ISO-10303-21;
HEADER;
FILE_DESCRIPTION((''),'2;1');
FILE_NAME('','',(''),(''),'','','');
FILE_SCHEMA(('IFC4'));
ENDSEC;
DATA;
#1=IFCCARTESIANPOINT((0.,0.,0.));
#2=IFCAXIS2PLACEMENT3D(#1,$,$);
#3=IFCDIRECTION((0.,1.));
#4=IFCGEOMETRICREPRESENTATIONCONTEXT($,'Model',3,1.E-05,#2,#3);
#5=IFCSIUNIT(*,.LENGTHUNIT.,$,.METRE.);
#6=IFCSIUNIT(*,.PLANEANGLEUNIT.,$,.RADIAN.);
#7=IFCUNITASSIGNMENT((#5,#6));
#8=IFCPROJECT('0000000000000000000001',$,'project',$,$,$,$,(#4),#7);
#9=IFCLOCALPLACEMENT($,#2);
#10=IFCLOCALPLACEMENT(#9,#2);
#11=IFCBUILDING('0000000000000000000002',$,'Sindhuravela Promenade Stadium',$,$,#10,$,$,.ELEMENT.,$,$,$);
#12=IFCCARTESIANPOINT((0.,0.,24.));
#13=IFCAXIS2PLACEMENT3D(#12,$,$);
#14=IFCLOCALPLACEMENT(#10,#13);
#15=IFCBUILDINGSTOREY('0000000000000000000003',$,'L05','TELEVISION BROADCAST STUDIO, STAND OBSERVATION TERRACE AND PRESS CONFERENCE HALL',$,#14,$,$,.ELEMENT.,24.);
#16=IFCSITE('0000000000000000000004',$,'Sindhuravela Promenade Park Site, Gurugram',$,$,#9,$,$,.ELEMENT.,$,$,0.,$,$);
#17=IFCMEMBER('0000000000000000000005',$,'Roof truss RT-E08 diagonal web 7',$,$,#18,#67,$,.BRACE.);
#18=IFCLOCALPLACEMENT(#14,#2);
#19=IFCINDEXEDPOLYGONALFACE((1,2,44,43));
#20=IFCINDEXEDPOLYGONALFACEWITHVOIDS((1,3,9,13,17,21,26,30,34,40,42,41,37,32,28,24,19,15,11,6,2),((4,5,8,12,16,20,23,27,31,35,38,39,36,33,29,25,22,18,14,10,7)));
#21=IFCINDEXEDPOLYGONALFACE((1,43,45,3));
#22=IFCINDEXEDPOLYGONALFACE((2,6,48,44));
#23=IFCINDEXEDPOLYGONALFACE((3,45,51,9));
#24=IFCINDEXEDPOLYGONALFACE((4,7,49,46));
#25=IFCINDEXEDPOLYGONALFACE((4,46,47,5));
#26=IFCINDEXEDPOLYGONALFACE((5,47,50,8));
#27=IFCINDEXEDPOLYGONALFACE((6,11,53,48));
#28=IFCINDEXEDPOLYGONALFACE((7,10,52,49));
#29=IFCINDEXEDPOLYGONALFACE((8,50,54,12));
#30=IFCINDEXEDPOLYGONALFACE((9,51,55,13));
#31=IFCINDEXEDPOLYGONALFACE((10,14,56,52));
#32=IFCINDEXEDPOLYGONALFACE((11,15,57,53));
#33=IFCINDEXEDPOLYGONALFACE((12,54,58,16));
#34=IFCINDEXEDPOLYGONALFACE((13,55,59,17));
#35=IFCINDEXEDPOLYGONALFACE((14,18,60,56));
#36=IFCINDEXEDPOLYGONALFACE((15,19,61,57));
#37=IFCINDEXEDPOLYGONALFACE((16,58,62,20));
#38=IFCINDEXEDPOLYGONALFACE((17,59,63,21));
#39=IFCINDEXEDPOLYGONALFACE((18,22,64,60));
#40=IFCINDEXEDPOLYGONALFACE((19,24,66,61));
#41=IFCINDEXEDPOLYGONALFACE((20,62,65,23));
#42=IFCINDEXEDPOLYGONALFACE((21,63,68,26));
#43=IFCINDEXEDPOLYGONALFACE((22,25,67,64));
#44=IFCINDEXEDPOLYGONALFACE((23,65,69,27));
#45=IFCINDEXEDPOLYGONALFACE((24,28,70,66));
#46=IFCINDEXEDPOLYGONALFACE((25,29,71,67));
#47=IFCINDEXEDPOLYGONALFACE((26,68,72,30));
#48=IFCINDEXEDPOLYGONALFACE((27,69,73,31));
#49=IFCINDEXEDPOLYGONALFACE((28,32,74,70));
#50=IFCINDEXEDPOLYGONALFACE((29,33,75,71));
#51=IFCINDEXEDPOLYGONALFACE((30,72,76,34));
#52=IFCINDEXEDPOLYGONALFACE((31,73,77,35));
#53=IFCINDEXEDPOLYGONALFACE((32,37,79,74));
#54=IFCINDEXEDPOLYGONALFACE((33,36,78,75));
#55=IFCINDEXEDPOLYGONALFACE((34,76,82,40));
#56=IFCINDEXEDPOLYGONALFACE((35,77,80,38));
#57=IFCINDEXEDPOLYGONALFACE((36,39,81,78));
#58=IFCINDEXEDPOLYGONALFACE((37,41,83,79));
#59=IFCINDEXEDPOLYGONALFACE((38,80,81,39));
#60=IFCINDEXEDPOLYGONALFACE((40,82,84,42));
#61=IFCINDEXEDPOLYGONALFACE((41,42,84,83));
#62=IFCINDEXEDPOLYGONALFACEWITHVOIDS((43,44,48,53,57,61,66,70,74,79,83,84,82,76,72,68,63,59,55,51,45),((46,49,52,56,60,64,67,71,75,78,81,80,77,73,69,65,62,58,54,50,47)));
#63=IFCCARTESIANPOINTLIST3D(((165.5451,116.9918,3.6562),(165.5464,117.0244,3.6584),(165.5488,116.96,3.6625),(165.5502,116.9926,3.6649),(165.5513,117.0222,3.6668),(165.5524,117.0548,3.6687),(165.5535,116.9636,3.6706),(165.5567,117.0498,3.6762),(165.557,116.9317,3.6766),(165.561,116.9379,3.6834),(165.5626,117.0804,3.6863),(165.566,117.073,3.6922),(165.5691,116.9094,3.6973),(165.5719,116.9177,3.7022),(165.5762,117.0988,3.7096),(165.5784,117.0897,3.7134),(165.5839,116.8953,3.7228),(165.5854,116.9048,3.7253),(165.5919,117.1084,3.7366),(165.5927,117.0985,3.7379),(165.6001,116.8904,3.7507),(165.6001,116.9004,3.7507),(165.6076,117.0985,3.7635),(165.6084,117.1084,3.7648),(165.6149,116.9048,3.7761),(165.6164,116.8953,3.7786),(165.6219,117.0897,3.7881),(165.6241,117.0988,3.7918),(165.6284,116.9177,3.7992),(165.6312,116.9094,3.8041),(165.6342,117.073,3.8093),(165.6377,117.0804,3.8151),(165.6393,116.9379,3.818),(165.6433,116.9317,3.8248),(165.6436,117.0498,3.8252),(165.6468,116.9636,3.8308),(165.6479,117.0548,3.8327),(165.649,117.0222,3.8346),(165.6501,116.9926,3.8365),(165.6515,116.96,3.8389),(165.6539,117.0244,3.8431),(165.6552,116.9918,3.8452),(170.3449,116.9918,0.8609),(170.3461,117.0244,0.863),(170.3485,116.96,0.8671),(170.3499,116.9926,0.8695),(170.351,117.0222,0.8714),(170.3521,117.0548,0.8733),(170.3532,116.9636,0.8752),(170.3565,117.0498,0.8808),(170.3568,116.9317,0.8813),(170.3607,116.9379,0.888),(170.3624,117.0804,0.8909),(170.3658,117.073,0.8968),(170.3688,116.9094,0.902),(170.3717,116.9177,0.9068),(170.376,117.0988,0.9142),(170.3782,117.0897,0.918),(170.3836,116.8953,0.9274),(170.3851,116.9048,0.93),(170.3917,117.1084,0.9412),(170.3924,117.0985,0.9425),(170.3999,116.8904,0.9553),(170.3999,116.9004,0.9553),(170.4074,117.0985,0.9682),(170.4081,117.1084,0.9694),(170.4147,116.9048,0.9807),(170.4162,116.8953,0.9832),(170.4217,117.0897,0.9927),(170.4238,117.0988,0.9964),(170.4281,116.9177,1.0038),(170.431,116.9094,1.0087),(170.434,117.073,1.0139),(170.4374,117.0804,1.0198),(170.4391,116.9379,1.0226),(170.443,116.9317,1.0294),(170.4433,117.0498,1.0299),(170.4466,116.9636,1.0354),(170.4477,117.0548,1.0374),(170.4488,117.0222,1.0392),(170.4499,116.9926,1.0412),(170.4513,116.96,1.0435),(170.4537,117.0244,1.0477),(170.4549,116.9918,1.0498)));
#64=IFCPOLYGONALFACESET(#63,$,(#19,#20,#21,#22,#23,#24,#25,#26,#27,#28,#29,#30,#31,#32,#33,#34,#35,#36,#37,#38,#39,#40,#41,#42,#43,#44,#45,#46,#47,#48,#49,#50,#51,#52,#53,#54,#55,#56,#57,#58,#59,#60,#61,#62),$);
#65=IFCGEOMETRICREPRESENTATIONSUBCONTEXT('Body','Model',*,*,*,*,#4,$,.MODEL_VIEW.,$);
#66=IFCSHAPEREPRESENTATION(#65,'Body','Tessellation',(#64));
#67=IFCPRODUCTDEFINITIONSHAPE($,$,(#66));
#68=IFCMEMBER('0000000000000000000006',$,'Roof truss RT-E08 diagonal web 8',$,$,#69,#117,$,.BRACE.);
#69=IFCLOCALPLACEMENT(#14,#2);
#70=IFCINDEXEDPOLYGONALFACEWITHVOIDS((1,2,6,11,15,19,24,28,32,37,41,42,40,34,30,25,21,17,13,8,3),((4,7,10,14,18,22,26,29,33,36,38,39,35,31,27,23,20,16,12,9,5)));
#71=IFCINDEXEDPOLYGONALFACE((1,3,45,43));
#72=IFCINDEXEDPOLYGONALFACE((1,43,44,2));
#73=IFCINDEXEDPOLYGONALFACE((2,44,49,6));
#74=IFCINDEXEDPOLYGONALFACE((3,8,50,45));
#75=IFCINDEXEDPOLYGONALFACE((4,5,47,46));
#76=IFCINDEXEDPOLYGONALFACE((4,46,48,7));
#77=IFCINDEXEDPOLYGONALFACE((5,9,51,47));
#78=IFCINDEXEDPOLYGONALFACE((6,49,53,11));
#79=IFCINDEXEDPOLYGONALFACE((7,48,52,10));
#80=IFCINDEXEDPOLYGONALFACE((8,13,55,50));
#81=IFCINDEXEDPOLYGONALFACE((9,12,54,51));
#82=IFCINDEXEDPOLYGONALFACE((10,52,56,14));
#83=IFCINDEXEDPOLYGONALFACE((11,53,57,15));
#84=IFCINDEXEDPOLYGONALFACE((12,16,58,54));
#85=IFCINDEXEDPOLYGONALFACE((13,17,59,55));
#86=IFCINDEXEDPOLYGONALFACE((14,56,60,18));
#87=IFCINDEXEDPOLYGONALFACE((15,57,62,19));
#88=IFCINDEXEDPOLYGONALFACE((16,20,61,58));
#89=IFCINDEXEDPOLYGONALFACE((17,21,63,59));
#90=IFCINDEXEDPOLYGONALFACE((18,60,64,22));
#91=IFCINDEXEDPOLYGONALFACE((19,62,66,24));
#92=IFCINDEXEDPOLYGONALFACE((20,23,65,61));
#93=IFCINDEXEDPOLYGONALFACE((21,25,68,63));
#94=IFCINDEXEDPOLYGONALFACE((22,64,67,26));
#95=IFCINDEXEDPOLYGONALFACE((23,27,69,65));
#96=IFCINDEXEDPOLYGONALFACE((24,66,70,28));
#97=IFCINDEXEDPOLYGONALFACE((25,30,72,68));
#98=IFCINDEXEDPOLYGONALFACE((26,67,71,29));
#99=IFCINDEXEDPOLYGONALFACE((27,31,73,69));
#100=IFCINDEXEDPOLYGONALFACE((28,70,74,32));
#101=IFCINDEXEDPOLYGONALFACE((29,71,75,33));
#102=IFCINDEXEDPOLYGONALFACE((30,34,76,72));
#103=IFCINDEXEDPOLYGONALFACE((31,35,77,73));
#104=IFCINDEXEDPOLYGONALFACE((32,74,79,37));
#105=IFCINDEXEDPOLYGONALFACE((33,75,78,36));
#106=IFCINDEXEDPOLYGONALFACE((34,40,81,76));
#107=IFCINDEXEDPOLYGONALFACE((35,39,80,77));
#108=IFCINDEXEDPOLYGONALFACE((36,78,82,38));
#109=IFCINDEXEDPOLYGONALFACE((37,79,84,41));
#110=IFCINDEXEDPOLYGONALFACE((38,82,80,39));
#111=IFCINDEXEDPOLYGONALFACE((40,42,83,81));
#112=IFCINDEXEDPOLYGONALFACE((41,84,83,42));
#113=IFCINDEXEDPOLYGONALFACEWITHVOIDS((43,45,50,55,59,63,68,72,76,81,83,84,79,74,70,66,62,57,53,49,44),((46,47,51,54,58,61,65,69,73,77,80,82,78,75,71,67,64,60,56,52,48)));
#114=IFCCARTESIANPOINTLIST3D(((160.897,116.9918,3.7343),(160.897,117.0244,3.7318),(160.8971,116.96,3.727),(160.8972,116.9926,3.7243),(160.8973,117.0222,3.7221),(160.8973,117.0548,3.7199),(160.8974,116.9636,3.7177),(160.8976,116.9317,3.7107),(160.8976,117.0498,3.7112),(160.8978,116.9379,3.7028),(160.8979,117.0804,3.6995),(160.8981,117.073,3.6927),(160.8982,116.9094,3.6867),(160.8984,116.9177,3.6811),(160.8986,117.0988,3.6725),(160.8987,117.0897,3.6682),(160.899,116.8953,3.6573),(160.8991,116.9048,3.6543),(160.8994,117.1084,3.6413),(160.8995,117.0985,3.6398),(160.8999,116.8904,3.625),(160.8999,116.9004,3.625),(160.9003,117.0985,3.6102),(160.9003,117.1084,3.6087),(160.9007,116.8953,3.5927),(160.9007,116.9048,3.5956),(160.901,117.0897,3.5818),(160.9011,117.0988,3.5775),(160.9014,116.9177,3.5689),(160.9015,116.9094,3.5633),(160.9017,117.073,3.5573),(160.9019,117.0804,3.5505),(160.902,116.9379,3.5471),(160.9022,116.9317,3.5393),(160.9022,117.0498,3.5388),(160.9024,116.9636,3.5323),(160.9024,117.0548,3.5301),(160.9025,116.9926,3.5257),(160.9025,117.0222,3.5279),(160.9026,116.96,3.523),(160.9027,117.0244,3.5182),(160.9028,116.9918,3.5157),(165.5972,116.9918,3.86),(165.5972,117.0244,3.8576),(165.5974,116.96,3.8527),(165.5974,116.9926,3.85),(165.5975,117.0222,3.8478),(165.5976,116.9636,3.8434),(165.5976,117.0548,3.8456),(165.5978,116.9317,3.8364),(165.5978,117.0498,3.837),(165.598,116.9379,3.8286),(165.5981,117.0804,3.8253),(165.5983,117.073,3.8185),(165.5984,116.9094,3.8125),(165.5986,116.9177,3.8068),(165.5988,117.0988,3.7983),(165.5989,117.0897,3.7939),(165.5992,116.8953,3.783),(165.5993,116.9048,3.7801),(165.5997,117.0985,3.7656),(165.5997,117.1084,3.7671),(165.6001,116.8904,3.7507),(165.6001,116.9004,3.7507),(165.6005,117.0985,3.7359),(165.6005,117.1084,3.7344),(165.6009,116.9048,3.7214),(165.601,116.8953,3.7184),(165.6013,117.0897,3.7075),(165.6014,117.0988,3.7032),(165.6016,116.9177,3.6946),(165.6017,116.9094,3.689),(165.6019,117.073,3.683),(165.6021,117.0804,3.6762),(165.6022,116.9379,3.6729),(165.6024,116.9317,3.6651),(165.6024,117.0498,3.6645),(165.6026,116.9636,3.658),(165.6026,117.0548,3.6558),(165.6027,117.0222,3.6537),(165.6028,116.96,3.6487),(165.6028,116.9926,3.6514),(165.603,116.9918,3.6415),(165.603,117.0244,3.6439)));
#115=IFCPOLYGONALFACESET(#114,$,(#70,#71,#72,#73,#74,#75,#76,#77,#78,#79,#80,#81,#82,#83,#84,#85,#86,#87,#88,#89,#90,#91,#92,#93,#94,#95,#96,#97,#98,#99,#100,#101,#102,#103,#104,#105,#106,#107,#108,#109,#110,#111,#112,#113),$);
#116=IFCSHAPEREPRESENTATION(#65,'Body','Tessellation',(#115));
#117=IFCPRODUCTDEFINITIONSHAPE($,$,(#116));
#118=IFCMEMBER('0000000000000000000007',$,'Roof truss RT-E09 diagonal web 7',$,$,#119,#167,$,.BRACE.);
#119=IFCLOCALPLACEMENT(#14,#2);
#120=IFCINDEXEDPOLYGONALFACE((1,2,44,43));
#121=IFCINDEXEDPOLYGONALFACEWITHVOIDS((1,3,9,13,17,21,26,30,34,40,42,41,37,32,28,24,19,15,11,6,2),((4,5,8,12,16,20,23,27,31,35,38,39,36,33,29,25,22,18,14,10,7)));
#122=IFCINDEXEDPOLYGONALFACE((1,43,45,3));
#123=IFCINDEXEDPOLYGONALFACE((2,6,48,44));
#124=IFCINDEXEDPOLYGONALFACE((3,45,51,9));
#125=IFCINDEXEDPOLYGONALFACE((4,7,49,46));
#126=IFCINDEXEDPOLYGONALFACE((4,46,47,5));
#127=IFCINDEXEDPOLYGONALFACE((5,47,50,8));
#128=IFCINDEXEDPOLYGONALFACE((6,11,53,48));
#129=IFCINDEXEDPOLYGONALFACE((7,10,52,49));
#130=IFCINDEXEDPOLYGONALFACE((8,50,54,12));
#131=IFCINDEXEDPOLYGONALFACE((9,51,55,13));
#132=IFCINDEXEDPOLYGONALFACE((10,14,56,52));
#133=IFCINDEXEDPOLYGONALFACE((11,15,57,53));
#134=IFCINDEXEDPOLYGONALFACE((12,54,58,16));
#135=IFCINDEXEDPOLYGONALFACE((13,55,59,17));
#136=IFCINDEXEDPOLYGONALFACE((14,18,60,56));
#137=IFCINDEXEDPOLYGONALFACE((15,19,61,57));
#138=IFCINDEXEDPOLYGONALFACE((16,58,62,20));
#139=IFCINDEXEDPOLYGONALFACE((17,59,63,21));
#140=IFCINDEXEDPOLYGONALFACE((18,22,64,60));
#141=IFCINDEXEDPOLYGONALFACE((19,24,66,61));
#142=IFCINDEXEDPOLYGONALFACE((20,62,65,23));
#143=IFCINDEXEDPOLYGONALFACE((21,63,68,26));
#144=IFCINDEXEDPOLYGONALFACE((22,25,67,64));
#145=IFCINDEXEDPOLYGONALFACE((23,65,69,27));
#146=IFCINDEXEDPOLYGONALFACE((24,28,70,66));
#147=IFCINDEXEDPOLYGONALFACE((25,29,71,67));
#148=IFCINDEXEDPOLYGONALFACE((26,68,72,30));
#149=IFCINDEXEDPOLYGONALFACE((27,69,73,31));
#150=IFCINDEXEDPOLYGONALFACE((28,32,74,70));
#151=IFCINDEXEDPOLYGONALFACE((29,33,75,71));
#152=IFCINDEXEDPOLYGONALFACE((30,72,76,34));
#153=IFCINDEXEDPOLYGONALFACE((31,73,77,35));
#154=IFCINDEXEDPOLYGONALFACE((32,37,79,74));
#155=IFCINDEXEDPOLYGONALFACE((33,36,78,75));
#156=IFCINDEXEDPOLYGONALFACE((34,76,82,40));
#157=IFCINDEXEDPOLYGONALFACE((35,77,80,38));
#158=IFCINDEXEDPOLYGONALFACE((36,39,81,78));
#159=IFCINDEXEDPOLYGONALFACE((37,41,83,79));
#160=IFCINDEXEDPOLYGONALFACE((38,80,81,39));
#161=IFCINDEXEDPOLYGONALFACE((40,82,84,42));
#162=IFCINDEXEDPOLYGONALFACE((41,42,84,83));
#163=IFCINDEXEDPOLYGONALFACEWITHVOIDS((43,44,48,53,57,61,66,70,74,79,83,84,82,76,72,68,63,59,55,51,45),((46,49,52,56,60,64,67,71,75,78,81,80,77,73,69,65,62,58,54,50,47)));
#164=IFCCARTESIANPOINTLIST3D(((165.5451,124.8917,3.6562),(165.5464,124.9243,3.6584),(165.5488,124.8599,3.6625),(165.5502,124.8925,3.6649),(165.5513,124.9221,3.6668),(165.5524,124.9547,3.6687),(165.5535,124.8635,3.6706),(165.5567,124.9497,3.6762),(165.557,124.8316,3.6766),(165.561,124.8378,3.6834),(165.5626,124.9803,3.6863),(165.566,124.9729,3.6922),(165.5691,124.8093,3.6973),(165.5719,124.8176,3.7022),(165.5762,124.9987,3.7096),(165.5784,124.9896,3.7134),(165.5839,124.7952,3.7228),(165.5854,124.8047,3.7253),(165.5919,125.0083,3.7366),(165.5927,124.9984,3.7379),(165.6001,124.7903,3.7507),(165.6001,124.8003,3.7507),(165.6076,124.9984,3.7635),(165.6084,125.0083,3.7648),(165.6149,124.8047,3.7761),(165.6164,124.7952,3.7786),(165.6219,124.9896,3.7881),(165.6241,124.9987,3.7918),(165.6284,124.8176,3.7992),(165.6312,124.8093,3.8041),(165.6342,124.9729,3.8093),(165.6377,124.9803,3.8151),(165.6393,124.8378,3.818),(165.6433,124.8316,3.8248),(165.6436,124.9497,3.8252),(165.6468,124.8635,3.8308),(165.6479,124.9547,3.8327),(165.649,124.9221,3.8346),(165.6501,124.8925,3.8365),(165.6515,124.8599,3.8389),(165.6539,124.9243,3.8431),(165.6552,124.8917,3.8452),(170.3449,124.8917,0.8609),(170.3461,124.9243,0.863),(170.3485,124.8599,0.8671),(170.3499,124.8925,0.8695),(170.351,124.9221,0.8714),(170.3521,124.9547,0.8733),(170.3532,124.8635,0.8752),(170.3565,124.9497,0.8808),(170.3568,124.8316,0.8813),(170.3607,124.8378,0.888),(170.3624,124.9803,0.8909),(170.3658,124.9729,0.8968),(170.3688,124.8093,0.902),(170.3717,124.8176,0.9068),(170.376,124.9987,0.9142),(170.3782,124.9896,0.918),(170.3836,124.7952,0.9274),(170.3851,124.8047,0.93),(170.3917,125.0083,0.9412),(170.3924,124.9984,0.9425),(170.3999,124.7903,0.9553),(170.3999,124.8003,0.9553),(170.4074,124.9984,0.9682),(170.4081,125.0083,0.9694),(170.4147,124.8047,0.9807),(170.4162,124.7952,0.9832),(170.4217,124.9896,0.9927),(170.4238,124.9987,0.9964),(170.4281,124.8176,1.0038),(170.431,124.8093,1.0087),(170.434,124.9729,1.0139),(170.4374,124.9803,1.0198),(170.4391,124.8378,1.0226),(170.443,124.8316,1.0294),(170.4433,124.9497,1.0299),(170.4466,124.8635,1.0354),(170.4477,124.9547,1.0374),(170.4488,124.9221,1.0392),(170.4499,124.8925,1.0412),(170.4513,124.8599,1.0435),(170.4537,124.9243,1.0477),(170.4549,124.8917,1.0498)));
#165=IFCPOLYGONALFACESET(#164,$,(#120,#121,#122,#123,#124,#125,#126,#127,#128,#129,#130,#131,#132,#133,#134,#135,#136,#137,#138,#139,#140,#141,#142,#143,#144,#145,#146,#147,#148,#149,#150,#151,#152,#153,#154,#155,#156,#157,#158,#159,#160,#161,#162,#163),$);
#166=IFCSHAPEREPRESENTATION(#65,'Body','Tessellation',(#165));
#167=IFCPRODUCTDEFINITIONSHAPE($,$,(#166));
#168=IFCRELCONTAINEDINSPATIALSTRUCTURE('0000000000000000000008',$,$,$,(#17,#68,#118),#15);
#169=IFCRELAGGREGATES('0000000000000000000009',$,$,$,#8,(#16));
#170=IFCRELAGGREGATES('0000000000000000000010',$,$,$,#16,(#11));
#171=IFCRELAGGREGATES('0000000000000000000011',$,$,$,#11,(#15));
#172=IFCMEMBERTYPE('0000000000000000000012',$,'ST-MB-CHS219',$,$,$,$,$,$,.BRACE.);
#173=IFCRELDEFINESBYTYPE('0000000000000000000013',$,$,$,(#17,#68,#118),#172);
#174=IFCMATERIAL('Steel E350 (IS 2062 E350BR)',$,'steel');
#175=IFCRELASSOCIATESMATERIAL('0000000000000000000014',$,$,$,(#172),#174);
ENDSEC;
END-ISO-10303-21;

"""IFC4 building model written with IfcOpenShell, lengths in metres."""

from ifc_helpers import new_model, si_unit, direction, frame, origin, origin_2d, place, context, subcontext, project, spatial, hollow_circle, extrude, material, material_profile, profile_set, type_object, element, save


model = new_model("IFC4")

# Units and contexts
model_context = context("Model", 3, precision=1e-05, world=origin(), true_north=direction((0.0, 1.0)))
body_context = subcontext(model_context, "Body", "Model", "MODEL_VIEW")
ifc_project = project(units=[si_unit("LENGTHUNIT", "METRE"), si_unit("PLANEANGLEUNIT", "RADIAN")], contexts=[model_context])

# Site, building, storey
site_placement = place(None, origin())
site = spatial("IfcSite", under=ifc_project, at=site_placement, Name="Sindhuravela Promenade Park Site, Gurugram", CompositionType="ELEMENT", RefElevation=0.0)
building_placement = place(site_placement, origin())
building = spatial("IfcBuilding", under=site, at=building_placement, Name="Sindhuravela Promenade Stadium", CompositionType="ELEMENT")
storey_placement = place(building_placement, frame((0.0, 0.0, 24.0)))
storey = spatial("IfcBuildingStorey", under=building, at=storey_placement, Name="L05", Description="TELEVISION BROADCAST STUDIO, STAND OBSERVATION TERRACE AND PRESS CONFERENCE HALL", CompositionType="ELEMENT", Elevation=24.0)

# Shared definitions
ifc_material_1 = material(Name="Steel E350 (IS 2062 E350BR)", Category="steel")

# Members
ifc_material_profile_1 = material_profile(ifc_material_1, hollow_circle(Radius=0.1096, WallThickness=0.01, at=origin_2d()), Name="CHS 219.1x10")
ifc_profile_set_1 = profile_set([ifc_material_profile_1], Name="Steel E350 (IS 2062 E350BR)")
member_type_1 = type_object("IfcMemberType", Name="ST-MB-CHS219", PredefinedType="BRACE", material=ifc_profile_set_1)
member_1_placement = place(storey_placement, frame((170.3999, 117.0, 0.9553), z_axis=(-0.864129, 0.0, 0.50327), x_axis=(0.0, -1.0, 0.0)))
element("IfcMember", 1, at=member_1_placement, inside=storey, type_object=member_type_1, Name="Roof truss RT-E08 diagonal web 7", PredefinedType="BRACE", context=body_context, shape_type="SweptSolid", body=[
    extrude(hollow_circle(Radius=0.1096, WallThickness=0.01, at=origin_2d()), origin(), (0.0, 0.0, 1.0), 5.5544),
])
member_2_placement = place(storey_placement, frame((165.6001, 117.0, 3.7507), z_axis=(-0.999642, 0.0, -0.026741), x_axis=(0.0, -1.0, 0.0)))
element("IfcMember", 2, at=member_2_placement, inside=storey, type_object=member_type_1, Name="Roof truss RT-E08 diagonal web 8", PredefinedType="BRACE", context=body_context, shape_type="SweptSolid", body=[
    extrude(hollow_circle(Radius=0.1096, WallThickness=0.01, at=origin_2d()), origin(), (0.0, 0.0, 1.0), 4.7019),
])
member_3_placement = place(storey_placement, frame((170.3999, 124.8999, 0.9553), z_axis=(-0.864129, 0.0, 0.50327), x_axis=(0.0, -1.0, 0.0)))
element("IfcMember", 3, at=member_3_placement, inside=storey, type_object=member_type_1, Name="Roof truss RT-E09 diagonal web 7", PredefinedType="BRACE", context=body_context, shape_type="SweptSolid", body=[
    extrude(hollow_circle(Radius=0.1096, WallThickness=0.01, at=origin_2d()), origin(), (0.0, 0.0, 1.0), 5.5544),
])

save(model, "model.ifc")
